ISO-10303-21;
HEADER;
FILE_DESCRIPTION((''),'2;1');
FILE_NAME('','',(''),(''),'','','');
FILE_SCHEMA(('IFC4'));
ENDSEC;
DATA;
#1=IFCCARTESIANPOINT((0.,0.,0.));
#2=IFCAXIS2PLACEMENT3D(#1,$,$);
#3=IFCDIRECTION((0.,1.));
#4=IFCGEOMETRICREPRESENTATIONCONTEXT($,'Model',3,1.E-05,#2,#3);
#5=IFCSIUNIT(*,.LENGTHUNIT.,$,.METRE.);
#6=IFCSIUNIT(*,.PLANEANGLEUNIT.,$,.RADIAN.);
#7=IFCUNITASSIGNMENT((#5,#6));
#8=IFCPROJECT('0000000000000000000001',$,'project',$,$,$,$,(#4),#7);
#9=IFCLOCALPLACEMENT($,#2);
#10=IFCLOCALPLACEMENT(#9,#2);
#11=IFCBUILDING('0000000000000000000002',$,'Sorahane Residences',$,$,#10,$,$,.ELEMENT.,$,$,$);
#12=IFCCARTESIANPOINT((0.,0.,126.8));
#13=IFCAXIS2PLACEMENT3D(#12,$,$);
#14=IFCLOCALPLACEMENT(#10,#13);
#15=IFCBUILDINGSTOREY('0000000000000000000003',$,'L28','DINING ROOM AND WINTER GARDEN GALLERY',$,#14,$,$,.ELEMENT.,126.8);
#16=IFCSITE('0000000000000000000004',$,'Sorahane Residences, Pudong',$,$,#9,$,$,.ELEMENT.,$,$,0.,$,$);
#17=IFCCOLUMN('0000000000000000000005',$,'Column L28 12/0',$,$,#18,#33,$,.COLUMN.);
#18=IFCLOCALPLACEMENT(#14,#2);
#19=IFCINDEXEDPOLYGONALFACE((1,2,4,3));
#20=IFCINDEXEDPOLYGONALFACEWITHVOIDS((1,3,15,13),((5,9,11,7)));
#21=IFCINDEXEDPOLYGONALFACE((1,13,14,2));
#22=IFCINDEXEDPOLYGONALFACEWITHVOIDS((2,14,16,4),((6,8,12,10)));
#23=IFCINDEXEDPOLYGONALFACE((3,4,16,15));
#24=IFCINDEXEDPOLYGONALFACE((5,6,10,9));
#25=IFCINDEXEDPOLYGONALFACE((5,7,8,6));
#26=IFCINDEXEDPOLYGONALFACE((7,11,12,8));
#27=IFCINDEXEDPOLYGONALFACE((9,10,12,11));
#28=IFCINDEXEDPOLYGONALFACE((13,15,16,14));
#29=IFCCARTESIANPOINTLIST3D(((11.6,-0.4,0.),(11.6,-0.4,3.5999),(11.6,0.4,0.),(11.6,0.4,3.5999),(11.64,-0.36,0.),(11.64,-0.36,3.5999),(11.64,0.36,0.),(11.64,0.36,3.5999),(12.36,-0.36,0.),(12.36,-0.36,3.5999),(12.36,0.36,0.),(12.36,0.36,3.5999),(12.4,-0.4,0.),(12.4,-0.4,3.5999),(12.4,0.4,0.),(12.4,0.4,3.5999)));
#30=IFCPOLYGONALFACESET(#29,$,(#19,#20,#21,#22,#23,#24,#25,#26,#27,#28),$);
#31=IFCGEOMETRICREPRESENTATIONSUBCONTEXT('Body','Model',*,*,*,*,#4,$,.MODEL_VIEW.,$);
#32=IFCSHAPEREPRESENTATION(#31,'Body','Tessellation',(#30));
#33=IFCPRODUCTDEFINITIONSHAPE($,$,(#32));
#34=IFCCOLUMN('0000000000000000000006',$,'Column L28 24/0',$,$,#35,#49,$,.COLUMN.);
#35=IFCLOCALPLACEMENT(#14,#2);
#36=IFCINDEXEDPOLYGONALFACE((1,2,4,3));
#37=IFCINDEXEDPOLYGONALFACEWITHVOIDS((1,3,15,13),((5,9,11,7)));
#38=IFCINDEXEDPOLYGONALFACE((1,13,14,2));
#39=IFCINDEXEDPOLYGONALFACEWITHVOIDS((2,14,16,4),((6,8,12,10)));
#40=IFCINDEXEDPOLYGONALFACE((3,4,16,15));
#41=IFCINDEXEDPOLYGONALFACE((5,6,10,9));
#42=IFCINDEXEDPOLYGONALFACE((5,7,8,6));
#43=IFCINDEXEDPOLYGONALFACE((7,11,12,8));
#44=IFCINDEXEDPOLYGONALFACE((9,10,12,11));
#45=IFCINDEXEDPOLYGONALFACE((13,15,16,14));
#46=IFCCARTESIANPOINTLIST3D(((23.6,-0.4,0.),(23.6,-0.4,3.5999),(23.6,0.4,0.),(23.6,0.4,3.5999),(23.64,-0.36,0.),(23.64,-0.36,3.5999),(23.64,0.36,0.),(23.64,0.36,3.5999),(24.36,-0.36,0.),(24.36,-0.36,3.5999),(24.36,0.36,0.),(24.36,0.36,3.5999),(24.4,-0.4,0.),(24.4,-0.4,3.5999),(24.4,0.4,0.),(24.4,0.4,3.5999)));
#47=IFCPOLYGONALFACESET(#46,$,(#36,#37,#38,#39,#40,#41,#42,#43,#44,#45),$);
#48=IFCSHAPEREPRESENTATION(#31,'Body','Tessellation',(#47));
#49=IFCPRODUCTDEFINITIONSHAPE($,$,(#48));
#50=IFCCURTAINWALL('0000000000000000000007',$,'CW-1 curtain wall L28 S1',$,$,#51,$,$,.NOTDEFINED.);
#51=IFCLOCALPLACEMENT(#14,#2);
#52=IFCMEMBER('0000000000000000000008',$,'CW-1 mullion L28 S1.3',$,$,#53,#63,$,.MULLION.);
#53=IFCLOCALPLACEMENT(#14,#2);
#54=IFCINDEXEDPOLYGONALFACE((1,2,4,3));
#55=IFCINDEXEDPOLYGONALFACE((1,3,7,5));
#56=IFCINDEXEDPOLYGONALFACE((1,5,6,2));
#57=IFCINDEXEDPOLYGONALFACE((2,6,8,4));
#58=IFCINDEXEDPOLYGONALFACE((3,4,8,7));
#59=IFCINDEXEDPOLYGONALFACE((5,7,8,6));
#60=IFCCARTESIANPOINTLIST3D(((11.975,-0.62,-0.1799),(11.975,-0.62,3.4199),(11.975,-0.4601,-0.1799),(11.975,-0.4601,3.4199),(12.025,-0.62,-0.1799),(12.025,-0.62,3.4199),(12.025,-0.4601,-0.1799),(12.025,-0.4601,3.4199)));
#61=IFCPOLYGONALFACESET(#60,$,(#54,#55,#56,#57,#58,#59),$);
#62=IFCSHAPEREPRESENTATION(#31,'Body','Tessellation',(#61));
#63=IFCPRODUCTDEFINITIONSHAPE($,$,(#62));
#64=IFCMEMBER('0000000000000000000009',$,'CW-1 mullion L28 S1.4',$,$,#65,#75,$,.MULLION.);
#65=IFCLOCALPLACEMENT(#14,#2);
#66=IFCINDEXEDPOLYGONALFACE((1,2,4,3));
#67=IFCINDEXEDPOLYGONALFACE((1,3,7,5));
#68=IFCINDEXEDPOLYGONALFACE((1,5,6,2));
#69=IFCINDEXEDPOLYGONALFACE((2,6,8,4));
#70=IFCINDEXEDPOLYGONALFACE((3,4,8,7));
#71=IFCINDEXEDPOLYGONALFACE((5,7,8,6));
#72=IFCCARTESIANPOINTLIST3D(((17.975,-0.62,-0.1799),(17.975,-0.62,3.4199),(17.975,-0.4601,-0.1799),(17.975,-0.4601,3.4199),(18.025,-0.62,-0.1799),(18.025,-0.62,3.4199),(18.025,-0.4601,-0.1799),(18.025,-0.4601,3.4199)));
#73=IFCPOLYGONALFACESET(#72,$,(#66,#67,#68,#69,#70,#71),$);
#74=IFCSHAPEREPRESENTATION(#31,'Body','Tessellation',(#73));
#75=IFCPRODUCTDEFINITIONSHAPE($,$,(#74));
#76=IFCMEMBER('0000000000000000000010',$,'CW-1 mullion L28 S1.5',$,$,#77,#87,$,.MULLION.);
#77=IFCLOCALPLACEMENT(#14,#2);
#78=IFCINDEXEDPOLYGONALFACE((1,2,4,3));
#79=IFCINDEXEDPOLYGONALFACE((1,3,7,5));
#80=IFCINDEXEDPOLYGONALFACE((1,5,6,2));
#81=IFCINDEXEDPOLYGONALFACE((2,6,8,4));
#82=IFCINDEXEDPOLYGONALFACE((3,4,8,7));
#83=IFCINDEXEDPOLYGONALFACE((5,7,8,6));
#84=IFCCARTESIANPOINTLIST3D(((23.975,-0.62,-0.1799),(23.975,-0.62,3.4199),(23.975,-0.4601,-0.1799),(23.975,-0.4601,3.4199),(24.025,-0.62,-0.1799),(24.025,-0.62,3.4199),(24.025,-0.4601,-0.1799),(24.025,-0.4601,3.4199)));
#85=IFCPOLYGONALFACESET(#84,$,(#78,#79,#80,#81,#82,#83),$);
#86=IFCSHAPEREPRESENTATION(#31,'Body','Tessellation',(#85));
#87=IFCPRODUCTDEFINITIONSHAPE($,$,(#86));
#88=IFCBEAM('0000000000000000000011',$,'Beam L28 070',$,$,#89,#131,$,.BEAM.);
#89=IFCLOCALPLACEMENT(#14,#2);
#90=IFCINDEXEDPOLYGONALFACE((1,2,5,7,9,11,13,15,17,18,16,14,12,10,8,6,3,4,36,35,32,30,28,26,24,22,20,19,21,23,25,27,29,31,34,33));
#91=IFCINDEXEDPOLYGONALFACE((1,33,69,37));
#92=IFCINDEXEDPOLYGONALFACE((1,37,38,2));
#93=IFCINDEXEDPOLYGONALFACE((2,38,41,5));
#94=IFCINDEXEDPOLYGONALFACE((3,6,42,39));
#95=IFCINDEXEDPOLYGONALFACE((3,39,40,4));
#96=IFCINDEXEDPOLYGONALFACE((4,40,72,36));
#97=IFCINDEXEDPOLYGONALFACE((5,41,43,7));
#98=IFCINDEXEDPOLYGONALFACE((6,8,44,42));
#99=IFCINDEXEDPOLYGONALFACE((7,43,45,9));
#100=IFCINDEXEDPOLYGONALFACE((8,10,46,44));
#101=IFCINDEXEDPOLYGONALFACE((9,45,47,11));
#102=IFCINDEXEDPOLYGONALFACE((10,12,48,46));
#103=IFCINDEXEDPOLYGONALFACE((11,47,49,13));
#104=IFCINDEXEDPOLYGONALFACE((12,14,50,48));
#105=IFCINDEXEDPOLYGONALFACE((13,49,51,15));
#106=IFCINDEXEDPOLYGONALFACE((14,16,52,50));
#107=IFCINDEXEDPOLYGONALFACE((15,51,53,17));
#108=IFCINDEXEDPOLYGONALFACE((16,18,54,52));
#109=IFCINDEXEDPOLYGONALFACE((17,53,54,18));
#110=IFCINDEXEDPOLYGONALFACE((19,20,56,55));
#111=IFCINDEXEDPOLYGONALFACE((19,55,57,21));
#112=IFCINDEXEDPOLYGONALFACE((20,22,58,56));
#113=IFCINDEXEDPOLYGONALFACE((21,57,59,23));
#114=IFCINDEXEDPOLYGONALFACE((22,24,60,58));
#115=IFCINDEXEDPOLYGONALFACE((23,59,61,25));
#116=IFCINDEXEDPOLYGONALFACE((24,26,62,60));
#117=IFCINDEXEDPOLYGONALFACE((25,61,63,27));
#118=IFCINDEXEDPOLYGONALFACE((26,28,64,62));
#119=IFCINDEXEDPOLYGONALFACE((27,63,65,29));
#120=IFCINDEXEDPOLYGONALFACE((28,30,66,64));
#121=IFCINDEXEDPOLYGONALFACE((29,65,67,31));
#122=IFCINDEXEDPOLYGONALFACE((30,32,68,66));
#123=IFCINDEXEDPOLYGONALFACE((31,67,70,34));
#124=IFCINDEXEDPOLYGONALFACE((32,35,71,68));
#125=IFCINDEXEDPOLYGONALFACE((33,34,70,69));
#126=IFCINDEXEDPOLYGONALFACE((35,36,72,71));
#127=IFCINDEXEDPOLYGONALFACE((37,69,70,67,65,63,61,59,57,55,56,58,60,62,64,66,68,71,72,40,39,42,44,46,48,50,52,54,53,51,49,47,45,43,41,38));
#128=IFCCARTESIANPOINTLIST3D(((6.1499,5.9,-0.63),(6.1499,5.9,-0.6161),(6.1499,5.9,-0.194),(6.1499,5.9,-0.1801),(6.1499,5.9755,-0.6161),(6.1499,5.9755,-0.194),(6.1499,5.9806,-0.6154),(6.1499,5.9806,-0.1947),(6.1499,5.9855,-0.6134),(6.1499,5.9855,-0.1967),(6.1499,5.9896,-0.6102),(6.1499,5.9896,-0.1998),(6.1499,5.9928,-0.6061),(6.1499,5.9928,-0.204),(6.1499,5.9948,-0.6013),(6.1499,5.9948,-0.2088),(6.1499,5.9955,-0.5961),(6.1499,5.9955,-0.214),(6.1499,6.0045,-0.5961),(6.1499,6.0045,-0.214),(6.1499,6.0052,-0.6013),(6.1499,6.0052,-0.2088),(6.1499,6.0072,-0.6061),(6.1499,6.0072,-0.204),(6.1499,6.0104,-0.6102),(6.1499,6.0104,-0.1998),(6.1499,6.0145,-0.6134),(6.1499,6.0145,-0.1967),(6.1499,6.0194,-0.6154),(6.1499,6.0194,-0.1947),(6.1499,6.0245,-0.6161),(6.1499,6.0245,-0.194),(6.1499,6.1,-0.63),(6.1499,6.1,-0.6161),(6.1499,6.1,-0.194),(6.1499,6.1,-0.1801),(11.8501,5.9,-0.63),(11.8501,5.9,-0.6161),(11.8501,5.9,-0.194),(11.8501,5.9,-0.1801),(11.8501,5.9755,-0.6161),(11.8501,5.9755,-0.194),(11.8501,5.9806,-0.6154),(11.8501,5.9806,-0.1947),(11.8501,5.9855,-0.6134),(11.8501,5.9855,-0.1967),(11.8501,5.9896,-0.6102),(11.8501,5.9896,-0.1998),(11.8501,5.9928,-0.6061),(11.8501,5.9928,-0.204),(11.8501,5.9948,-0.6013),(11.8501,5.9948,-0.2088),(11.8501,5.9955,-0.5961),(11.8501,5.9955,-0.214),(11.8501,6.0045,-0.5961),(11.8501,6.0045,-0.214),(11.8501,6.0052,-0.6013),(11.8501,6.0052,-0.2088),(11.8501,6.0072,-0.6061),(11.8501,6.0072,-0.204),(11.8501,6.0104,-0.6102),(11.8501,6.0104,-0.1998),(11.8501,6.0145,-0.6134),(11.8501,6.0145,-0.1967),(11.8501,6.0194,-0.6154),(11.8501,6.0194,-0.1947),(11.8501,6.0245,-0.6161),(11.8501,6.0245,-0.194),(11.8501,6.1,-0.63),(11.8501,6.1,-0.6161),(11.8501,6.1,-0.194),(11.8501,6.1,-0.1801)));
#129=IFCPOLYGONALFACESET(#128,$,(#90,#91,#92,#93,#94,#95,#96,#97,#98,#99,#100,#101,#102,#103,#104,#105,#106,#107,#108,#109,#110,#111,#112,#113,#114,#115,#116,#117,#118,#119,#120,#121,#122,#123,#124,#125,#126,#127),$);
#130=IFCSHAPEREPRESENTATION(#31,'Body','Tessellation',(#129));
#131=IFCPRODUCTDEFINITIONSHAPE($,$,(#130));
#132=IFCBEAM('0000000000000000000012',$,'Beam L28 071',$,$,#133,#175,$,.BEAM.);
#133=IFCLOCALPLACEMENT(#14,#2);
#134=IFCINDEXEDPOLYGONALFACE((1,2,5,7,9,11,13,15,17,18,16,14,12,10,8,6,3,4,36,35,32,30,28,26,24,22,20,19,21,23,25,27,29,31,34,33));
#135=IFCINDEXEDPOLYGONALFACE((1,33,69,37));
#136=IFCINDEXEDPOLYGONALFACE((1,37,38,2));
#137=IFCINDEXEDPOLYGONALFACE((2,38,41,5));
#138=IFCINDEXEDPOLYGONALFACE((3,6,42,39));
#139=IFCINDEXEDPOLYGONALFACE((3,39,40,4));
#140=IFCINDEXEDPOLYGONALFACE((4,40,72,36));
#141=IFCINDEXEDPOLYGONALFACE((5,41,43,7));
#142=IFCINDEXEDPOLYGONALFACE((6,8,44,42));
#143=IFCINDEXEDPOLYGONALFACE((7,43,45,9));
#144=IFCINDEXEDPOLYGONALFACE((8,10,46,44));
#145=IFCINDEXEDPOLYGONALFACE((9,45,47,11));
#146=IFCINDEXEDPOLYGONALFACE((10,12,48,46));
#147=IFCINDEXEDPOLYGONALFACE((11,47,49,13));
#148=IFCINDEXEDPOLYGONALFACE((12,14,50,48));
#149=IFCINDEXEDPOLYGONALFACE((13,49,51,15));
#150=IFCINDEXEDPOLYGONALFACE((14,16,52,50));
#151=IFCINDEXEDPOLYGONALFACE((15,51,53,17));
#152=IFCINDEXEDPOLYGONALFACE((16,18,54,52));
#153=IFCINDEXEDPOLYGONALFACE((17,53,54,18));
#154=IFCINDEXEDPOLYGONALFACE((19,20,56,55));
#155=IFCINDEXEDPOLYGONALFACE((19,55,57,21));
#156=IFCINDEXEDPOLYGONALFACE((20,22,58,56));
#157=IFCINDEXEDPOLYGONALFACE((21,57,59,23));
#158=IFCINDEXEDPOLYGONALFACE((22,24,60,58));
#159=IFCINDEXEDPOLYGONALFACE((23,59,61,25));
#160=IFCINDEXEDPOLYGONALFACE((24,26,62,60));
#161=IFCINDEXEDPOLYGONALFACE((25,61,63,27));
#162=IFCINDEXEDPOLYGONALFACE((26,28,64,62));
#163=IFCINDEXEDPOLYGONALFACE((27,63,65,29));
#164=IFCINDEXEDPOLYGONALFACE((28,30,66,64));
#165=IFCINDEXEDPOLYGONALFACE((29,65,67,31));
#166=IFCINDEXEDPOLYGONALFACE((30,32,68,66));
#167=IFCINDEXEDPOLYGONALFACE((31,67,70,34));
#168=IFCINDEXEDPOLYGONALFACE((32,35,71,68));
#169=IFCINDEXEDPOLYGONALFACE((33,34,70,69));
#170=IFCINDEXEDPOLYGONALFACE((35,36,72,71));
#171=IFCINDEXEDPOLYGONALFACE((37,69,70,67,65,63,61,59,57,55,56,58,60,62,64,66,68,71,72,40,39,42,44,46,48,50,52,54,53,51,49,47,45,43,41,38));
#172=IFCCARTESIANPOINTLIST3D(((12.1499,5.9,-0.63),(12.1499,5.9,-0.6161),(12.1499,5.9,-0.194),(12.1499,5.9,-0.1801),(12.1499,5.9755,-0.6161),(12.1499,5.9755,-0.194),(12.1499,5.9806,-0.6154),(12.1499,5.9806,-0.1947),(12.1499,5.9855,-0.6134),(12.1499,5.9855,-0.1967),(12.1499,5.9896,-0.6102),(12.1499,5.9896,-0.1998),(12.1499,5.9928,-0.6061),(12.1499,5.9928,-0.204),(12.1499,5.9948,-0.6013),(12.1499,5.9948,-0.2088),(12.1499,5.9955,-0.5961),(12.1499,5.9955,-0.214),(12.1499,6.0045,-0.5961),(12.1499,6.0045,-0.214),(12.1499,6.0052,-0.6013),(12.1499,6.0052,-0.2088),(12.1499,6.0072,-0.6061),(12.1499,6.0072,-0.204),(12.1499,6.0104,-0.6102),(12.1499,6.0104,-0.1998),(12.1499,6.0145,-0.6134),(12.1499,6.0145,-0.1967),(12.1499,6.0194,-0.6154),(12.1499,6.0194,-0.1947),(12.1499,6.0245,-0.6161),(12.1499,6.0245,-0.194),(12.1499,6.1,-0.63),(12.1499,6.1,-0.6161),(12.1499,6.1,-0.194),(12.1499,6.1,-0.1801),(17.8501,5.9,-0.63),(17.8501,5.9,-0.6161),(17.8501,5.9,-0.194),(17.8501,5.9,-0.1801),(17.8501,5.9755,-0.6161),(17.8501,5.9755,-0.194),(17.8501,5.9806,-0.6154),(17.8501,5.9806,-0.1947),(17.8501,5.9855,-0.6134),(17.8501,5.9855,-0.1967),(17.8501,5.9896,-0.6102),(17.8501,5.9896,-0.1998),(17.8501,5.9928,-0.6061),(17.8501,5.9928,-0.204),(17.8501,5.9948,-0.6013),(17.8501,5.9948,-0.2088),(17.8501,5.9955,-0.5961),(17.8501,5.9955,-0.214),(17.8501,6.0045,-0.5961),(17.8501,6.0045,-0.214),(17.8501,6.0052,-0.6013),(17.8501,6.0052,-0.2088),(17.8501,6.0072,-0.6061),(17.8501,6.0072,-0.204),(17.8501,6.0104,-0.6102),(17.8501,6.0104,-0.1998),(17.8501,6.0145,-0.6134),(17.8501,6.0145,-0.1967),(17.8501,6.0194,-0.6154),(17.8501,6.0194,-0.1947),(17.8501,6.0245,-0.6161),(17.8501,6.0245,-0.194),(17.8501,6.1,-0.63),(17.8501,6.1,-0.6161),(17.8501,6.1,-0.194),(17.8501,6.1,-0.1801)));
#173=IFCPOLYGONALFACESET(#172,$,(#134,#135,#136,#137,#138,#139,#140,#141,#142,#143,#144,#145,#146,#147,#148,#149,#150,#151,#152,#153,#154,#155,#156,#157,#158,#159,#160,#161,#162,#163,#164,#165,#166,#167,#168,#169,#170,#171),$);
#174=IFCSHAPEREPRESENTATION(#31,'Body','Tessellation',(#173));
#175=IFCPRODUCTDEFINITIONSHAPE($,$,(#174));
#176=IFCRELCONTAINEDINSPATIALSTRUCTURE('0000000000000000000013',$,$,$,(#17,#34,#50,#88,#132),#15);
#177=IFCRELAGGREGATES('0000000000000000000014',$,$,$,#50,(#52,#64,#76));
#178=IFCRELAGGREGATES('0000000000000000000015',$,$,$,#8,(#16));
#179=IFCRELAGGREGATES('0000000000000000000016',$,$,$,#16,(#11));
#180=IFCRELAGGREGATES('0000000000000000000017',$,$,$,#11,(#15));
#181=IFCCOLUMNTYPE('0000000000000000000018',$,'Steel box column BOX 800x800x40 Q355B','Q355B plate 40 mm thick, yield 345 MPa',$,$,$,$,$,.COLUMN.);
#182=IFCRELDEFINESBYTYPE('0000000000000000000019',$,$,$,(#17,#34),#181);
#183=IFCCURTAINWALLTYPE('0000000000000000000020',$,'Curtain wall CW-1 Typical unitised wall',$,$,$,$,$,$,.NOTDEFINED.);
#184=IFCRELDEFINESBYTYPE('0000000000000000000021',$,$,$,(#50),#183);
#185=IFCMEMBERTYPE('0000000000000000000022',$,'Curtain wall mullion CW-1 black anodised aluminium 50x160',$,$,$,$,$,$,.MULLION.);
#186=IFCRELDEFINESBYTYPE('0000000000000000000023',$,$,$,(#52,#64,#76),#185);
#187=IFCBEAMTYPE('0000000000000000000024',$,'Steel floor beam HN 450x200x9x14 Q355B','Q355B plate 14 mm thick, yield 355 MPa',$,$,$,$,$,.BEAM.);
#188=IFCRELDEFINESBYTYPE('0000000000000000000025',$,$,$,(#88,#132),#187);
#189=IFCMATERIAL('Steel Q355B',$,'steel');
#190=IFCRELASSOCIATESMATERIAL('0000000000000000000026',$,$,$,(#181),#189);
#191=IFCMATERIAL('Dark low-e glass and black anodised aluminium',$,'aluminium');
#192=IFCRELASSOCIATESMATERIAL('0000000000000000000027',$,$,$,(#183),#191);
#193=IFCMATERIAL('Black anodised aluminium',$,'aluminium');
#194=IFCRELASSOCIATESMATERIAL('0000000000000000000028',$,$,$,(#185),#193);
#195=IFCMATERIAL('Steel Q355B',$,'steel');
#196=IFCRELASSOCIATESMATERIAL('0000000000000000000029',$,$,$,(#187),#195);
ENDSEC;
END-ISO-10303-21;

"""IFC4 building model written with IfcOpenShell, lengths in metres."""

from ifc_helpers import new_model, si_unit, direction, frame, origin, origin_2d, place, context, subcontext, project, spatial, rectangle, hollow_rectangle, i_section, extrude, material, material_profile, profile_set, type_object, element, aggregate, save


model = new_model("IFC4")

# Units and contexts
model_context = context("Model", 3, precision=1e-05, world=origin(), true_north=direction((0.0, 1.0)))
body_context = subcontext(model_context, "Body", "Model", "MODEL_VIEW")
ifc_project = project(units=[si_unit("LENGTHUNIT", "METRE"), si_unit("PLANEANGLEUNIT", "RADIAN")], contexts=[model_context])

# Site, building, storey
site_placement = place(None, origin())
site = spatial("IfcSite", under=ifc_project, at=site_placement, Name="Sorahane Residences, Pudong", CompositionType="ELEMENT", RefElevation=0.0)
building_placement = place(site_placement, origin())
building = spatial("IfcBuilding", under=site, at=building_placement, Name="Sorahane Residences", CompositionType="ELEMENT")
storey_placement = place(building_placement, frame((0.0, 0.0, 126.8)))
storey = spatial("IfcBuildingStorey", under=building, at=storey_placement, Name="L28", Description="DINING ROOM AND WINTER GARDEN GALLERY", CompositionType="ELEMENT", Elevation=126.8)

# Columns
ifc_material_1 = material(Name="Steel Q355B", Category="steel")
ifc_material_profile_1 = material_profile(ifc_material_1, hollow_rectangle(XDim=0.8, YDim=0.8, WallThickness=0.04, at=origin_2d()), Name="BOX 800x800x40")
ifc_profile_set_1 = profile_set([ifc_material_profile_1], Name="Steel Q355B")
column_type = type_object("IfcColumnType", Name="Steel box column BOX 800x800x40 Q355B", Description="Q355B plate 40 mm thick, yield 345 MPa", PredefinedType="COLUMN", material=ifc_profile_set_1)
for number, where, z_axis, x_axis, name in (
    (1, (12.0, 0.0, 0.0), (0.0, 0.0, 1.0), (1.0, 0.0, 0.0), "Column L28 12/0"),
    (2, (24.0, 0.0, 0.0), (0.0, 0.0, 1.0), (1.0, 0.0, 0.0), "Column L28 24/0"),
):
    element("IfcColumn", number, at=place(storey_placement, frame(where, z_axis=z_axis, x_axis=x_axis)), inside=storey, type_object=column_type, Name=name, PredefinedType="COLUMN", context=body_context, shape_type="SweptSolid", body=[
        extrude(hollow_rectangle(XDim=0.8, YDim=0.8, WallThickness=0.04, at=origin_2d()), origin(), (0.0, 0.0, 1.0), 3.5999),
    ])

# Curtain wall, members
ifc_material_2 = material(Name="Dark low-e glass and black anodised aluminium", Category="aluminium")
curtain_wall_type = type_object("IfcCurtainWallType", Name="Curtain wall CW-1 Typical unitised wall", PredefinedType="NOTDEFINED", material=ifc_material_2)
curtain_wall_placement = place(storey_placement, origin())
curtain_wall = element("IfcCurtainWall", 3, at=curtain_wall_placement, inside=storey, type_object=curtain_wall_type, Name="CW-1 curtain wall L28 S1", PredefinedType="NOTDEFINED")
ifc_material_3 = material(Name="Black anodised aluminium", Category="aluminium")
ifc_material_profile_2 = material_profile(ifc_material_3, rectangle(XDim=0.1599, YDim=0.05, at=origin_2d()), Name="Curtain wall mullion CW-1 black anodised aluminium 50x160")
ifc_profile_set_2 = profile_set([ifc_material_profile_2], Name="Black anodised aluminium")
member_type = type_object("IfcMemberType", Name="Curtain wall mullion CW-1 black anodised aluminium 50x160", PredefinedType="MULLION", material=ifc_profile_set_2)
member_1_placement = place(storey_placement, frame((12.0, -0.54, -0.1799), z_axis=(0.0, 0.0, 1.0), x_axis=(0.0, -1.0, 0.0)))
member_1 = element("IfcMember", 4, at=member_1_placement, type_object=member_type, Name="CW-1 mullion L28 S1.3", PredefinedType="MULLION", context=body_context, shape_type="SweptSolid", body=[
    extrude(rectangle(XDim=0.1599, YDim=0.05, at=origin_2d()), origin(), (0.0, 0.0, 1.0), 3.5999),
])
member_2_placement = place(storey_placement, frame((18.0, -0.54, -0.1799), z_axis=(0.0, 0.0, 1.0), x_axis=(0.0, -1.0, 0.0)))
member_2 = element("IfcMember", 5, at=member_2_placement, type_object=member_type, Name="CW-1 mullion L28 S1.4", PredefinedType="MULLION", context=body_context, shape_type="SweptSolid", body=[
    extrude(rectangle(XDim=0.1599, YDim=0.05, at=origin_2d()), origin(), (0.0, 0.0, 1.0), 3.5999),
])
member_3_placement = place(storey_placement, frame((24.0, -0.54, -0.1799), z_axis=(0.0, 0.0, 1.0), x_axis=(0.0, -1.0, 0.0)))
member_3 = element("IfcMember", 6, at=member_3_placement, type_object=member_type, Name="CW-1 mullion L28 S1.5", PredefinedType="MULLION", context=body_context, shape_type="SweptSolid", body=[
    extrude(rectangle(XDim=0.1599, YDim=0.05, at=origin_2d()), origin(), (0.0, 0.0, 1.0), 3.5999),
])

# Beams
ifc_material_4 = material(Name="Steel Q355B", Category="steel")
ifc_material_profile_3 = material_profile(ifc_material_4, i_section(OverallWidth=0.2, OverallDepth=0.45, WebThickness=0.009, FlangeThickness=0.0139, FilletRadius=0.02, at=origin_2d()), Name="HN 450x200x9x14")
ifc_profile_set_3 = profile_set([ifc_material_profile_3], Name="Steel Q355B")
beam_type_1 = type_object("IfcBeamType", Name="Steel floor beam HN 450x200x9x14 Q355B", Description="Q355B plate 14 mm thick, yield 355 MPa", PredefinedType="BEAM", material=ifc_profile_set_3)
for number, where, z_axis, x_axis, name in (
    (7, (6.1499, 6.0, -0.405), (1.0, 0.0, 0.0), (0.0, 1.0, 0.0), "Beam L28 070"),
    (8, (12.1499, 6.0, -0.405), (1.0, 0.0, 0.0), (0.0, 1.0, 0.0), "Beam L28 071"),
):
    element("IfcBeam", number, at=place(storey_placement, frame(where, z_axis=z_axis, x_axis=x_axis)), inside=storey, type_object=beam_type_1, Name=name, PredefinedType="BEAM", context=body_context, shape_type="SweptSolid", body=[
        extrude(i_section(OverallWidth=0.2, OverallDepth=0.45, WebThickness=0.009, FlangeThickness=0.0139, FilletRadius=0.02, at=origin_2d()), origin(), (0.0, 0.0, 1.0), 5.7002),
    ])

aggregate(curtain_wall, [member_1, member_2, member_3])

save(model, "model.ifc")
